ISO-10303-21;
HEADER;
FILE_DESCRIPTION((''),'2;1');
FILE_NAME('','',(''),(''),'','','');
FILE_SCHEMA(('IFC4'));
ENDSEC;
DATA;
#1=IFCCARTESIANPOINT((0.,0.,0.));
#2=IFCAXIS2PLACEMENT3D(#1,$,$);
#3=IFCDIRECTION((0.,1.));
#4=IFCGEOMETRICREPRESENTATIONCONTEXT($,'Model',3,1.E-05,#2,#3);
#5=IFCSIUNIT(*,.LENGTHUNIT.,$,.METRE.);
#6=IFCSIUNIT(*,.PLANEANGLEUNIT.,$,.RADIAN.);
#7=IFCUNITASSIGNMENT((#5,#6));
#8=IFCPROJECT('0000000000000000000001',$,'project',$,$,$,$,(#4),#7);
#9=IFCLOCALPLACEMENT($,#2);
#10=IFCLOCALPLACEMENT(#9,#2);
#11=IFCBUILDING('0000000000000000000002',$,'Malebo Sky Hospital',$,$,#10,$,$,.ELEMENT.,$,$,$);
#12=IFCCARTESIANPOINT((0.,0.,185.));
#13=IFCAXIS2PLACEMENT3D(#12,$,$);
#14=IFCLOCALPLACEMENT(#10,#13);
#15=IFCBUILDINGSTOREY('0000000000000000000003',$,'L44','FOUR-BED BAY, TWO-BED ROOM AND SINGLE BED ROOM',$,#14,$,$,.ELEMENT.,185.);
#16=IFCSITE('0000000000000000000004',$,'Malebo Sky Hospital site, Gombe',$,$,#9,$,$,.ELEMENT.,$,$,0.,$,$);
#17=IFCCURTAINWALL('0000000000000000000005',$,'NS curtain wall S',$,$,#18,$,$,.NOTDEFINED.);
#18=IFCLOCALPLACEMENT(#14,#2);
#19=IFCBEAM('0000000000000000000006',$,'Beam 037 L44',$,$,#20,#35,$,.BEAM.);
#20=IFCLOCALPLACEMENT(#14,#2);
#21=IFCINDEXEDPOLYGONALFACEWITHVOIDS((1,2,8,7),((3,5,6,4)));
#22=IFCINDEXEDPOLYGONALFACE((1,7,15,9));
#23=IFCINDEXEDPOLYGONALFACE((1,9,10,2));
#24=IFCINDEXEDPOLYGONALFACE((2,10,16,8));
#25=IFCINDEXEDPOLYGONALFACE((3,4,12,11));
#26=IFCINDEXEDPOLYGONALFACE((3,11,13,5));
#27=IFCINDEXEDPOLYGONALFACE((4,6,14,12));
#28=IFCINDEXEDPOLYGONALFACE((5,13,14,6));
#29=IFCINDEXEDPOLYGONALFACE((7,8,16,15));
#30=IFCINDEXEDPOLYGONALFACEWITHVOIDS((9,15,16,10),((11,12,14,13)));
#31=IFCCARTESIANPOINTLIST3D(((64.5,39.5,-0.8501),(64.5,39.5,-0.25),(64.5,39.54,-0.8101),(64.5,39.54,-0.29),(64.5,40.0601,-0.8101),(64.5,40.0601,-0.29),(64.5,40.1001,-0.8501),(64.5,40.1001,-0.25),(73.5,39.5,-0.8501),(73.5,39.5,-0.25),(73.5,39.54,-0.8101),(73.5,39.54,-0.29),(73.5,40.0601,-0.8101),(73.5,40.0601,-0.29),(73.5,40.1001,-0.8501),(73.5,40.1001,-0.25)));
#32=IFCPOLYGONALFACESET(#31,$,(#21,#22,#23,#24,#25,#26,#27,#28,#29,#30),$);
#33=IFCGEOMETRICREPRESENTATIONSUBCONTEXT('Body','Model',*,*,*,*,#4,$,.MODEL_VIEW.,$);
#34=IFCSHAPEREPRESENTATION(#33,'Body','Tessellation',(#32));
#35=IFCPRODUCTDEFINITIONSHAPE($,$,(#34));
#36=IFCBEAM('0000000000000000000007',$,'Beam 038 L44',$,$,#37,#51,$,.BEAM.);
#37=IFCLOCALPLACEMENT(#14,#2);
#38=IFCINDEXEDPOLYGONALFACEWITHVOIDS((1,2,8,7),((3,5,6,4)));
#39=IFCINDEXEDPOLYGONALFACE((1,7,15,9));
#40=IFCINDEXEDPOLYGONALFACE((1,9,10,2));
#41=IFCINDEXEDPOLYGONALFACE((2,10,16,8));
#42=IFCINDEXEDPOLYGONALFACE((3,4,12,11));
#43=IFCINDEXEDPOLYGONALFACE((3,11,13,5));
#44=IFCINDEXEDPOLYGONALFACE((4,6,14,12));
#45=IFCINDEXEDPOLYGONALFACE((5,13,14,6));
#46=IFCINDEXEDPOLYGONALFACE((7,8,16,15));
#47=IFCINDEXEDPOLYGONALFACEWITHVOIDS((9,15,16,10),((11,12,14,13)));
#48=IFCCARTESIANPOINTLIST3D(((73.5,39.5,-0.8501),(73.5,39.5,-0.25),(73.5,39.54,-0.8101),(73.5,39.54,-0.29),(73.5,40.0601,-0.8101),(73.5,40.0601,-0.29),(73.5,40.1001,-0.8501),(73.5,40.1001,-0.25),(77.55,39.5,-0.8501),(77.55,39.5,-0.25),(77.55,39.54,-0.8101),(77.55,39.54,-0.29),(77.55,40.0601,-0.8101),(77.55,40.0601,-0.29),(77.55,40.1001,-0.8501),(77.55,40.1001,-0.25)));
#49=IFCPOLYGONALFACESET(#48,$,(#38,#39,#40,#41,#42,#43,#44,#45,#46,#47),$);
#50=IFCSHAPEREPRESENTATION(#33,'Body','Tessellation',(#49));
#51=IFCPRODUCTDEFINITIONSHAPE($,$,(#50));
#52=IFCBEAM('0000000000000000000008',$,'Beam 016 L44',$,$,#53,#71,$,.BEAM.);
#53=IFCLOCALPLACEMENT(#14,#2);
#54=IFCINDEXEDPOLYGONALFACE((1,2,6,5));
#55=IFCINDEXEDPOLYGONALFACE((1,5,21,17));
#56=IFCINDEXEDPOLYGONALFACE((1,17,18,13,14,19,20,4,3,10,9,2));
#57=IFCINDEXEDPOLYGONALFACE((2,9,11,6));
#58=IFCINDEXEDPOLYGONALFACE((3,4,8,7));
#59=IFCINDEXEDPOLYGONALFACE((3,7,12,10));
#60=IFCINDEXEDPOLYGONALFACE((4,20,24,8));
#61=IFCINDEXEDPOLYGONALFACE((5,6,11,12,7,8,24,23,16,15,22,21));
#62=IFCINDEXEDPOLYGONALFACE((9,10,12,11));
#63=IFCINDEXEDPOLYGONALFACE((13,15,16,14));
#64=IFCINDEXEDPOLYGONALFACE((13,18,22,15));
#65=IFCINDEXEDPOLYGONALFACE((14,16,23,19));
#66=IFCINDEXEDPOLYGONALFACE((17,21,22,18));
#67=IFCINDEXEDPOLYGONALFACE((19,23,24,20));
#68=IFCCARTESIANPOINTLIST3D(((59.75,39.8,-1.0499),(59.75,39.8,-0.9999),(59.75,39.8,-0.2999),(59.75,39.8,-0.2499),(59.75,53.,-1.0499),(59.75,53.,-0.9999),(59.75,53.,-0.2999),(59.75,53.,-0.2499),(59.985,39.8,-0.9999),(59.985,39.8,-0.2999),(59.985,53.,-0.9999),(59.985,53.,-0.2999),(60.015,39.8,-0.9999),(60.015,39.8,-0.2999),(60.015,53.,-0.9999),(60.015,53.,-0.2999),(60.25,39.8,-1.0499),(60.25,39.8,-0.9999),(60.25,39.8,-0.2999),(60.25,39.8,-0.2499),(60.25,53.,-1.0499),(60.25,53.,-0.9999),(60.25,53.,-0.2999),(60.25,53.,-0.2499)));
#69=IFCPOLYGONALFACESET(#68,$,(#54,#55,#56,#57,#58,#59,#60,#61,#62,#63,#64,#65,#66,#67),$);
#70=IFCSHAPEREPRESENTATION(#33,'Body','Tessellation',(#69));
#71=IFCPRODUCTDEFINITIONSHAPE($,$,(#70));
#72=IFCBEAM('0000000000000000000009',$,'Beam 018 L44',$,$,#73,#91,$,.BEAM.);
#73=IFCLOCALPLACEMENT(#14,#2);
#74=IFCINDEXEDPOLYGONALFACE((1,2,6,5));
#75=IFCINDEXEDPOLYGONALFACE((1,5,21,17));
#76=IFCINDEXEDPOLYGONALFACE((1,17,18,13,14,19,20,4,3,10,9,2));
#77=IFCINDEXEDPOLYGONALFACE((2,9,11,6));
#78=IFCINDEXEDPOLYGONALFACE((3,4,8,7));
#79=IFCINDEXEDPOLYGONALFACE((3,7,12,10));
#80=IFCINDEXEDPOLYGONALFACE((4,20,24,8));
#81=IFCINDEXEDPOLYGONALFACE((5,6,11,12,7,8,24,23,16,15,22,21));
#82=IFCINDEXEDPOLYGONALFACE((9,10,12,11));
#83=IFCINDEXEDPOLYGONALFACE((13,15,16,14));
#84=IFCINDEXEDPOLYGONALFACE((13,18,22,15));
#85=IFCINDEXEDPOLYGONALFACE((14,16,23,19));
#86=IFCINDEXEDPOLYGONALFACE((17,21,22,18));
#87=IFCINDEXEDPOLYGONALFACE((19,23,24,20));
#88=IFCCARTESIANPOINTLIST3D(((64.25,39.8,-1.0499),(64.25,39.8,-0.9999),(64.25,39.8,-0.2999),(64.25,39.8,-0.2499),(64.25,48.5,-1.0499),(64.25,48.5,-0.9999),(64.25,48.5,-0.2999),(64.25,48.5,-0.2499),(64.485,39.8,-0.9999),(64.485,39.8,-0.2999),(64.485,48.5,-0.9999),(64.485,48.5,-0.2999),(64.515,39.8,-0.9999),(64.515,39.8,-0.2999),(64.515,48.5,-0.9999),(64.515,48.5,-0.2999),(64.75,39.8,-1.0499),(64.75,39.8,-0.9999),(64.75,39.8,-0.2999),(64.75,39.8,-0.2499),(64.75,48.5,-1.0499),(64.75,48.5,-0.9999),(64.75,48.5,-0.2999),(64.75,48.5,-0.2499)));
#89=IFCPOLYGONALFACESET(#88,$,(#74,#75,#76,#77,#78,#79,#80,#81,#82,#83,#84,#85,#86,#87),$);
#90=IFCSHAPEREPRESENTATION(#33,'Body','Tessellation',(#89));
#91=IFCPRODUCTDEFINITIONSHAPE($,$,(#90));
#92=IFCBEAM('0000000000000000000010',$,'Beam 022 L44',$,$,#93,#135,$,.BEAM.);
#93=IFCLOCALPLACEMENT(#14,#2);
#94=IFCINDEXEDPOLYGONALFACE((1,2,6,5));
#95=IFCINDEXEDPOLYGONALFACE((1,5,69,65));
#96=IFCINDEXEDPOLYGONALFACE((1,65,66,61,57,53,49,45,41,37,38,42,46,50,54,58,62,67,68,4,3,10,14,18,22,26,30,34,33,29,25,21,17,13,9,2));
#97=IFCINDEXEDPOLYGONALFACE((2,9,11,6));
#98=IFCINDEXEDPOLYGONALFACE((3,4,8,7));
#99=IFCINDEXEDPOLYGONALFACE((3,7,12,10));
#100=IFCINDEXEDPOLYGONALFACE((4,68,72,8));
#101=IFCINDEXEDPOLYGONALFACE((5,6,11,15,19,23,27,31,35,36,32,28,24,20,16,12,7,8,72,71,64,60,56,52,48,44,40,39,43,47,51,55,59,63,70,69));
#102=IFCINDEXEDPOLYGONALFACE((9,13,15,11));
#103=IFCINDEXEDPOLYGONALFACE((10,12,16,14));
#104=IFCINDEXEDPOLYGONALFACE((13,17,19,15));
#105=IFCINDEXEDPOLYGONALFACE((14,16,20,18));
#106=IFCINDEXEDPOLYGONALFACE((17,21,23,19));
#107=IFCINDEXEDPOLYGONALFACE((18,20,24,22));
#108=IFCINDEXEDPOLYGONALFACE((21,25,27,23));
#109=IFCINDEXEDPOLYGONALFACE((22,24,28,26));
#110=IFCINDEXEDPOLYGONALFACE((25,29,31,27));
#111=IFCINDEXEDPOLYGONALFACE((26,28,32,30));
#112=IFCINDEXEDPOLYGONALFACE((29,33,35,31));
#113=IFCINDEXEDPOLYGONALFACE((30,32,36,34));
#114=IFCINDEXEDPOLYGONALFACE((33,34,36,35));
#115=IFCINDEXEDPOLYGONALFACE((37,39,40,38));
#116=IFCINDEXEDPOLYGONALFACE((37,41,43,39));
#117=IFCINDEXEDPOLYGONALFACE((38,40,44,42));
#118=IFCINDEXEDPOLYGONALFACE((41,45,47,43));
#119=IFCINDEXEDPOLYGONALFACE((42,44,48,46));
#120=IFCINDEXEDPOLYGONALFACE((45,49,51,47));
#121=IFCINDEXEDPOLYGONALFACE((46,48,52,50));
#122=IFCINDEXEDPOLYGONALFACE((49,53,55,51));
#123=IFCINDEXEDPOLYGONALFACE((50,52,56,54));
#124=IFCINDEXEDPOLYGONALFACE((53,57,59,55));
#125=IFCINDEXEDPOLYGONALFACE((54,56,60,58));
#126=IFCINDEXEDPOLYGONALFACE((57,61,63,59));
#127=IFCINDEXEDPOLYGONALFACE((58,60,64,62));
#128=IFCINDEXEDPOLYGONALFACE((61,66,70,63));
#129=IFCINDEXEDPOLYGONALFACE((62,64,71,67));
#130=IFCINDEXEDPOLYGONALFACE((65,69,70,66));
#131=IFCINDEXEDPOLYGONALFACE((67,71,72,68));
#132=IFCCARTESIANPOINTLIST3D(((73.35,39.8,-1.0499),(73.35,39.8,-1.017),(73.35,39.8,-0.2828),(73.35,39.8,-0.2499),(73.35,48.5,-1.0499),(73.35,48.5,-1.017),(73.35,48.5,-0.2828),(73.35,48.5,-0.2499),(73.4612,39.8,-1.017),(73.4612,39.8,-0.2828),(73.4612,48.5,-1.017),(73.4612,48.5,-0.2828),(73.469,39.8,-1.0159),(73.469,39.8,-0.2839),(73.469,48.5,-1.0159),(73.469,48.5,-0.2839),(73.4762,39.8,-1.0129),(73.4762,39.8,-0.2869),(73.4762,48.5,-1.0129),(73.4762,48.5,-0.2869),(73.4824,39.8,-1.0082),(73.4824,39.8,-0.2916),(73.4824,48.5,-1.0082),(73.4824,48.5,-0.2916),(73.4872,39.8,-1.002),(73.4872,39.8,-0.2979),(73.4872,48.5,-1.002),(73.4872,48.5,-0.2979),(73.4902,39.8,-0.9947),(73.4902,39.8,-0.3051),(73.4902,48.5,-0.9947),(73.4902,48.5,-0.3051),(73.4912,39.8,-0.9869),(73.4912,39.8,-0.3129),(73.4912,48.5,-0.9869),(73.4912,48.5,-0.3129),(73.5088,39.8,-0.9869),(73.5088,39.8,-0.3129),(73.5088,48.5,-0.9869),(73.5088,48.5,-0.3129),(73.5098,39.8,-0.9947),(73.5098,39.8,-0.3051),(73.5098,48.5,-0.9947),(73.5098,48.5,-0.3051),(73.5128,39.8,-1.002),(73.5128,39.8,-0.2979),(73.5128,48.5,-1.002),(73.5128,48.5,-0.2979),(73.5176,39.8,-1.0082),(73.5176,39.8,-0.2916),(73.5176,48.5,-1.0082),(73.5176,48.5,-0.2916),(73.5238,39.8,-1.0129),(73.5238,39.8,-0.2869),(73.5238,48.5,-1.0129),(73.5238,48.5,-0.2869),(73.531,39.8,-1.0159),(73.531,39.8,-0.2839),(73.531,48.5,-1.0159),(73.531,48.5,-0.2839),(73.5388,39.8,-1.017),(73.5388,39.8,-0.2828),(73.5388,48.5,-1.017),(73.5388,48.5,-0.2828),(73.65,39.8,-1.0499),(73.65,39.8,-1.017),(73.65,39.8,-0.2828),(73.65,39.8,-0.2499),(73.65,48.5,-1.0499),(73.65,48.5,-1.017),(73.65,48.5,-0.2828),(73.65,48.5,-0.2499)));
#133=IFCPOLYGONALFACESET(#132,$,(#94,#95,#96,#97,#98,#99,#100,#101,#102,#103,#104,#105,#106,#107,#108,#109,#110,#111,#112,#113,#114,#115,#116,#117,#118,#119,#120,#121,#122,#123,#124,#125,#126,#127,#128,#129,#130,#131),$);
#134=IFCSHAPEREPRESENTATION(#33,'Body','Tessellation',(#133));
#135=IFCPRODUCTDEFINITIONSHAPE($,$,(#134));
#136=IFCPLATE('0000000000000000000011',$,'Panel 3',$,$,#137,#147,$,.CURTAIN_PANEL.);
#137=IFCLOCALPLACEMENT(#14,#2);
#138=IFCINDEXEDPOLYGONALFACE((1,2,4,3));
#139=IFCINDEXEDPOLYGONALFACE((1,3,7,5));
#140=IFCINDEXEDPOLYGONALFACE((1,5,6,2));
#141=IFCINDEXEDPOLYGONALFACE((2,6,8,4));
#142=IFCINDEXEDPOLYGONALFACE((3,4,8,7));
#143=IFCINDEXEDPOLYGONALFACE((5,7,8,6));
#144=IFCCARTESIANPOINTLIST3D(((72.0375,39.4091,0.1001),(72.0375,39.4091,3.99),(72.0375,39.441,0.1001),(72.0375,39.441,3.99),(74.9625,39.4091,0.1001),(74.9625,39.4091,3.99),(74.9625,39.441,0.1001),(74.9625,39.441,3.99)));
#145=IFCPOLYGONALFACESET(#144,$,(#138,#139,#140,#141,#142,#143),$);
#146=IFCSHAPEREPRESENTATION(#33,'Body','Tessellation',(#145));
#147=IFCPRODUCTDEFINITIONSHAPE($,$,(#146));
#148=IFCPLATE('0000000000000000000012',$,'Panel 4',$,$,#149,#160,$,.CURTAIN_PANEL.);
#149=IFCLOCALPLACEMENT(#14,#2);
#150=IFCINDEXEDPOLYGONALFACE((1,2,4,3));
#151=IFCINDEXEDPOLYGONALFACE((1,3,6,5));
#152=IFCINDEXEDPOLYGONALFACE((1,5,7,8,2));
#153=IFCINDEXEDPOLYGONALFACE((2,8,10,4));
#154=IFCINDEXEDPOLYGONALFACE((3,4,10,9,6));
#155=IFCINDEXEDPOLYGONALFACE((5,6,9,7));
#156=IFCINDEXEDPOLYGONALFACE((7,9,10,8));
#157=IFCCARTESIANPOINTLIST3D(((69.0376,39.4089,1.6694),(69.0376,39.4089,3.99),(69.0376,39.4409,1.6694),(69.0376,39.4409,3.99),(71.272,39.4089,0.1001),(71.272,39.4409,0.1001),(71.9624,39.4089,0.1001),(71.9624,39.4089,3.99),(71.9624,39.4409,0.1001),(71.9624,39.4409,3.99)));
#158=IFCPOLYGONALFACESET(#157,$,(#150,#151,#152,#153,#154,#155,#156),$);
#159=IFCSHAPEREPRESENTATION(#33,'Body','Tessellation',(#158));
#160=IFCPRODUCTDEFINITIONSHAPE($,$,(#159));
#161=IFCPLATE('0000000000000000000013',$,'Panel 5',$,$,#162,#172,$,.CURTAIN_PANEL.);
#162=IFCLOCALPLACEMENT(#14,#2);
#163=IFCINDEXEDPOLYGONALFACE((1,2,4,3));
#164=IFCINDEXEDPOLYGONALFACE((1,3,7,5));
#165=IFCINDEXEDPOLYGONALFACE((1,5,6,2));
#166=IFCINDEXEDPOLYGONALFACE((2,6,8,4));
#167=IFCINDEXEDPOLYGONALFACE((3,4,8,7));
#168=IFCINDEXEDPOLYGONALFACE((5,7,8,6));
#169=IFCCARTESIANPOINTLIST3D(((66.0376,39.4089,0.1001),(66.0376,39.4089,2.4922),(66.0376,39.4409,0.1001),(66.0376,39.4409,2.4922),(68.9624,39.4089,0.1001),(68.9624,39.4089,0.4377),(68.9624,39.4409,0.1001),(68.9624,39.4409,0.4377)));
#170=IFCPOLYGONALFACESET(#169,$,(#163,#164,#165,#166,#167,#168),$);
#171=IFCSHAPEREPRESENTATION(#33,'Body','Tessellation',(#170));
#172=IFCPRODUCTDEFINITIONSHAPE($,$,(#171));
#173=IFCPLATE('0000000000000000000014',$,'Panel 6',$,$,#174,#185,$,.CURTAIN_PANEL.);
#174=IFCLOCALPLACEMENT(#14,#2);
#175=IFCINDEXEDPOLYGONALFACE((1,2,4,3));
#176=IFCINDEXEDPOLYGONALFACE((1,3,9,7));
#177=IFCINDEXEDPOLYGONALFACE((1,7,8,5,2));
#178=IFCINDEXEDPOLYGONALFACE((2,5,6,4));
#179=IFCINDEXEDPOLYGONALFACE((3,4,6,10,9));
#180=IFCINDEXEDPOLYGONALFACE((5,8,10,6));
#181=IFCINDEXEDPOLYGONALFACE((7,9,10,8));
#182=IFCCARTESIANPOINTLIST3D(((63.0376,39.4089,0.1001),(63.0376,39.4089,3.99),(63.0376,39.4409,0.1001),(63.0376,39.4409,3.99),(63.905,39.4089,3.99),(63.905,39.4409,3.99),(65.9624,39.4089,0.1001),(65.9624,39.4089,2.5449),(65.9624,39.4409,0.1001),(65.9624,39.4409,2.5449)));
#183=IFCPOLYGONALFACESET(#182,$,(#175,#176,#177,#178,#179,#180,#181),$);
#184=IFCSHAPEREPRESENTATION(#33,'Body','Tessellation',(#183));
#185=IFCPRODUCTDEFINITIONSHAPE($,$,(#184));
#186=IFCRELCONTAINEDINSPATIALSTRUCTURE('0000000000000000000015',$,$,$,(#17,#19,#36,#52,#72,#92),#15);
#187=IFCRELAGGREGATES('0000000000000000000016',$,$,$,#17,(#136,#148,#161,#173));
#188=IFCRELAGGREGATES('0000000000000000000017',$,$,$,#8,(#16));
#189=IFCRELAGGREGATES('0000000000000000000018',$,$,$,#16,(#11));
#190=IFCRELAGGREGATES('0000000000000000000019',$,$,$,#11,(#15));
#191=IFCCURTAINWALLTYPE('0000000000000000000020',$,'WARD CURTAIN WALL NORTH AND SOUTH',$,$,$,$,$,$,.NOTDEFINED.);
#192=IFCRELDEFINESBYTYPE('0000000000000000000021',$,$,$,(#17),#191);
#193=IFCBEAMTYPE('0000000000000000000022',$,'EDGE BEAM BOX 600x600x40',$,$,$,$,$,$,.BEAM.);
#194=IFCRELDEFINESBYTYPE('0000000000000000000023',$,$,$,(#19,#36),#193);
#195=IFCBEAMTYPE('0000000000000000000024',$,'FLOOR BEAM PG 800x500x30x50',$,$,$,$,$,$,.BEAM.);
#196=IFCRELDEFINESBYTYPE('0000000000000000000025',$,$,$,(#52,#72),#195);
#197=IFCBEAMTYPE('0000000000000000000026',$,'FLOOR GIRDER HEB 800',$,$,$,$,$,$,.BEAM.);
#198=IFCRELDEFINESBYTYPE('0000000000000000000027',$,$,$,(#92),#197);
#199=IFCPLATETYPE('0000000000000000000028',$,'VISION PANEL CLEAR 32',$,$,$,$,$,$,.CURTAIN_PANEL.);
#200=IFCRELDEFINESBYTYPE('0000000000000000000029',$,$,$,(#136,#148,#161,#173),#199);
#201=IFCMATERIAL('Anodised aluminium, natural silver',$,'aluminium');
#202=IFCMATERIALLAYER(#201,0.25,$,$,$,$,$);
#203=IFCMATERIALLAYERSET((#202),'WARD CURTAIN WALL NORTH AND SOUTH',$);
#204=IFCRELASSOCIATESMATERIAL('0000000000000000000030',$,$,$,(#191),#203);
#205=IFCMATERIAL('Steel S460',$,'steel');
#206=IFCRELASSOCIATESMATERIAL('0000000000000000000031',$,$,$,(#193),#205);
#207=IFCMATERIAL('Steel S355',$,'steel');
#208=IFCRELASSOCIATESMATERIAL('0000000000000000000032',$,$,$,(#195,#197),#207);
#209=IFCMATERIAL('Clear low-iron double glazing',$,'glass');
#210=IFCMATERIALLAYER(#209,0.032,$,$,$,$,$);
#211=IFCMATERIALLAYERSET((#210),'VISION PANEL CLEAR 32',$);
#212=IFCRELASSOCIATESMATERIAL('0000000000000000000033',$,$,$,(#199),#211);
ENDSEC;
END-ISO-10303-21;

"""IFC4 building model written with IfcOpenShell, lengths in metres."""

from ifc_helpers import new_model, si_unit, direction, frame, origin, origin_2d, place, context, subcontext, project, spatial, polyline, rectangle, hollow_rectangle, i_section, outline, extrude, material, layer, layer_set, material_profile, profile_set, type_object, element, aggregate, save


model = new_model("IFC4")

# Units and contexts
model_context = context("Model", 3, precision=1e-05, world=origin(), true_north=direction((0.0, 1.0)))
body_context = subcontext(model_context, "Body", "Model", "MODEL_VIEW")
ifc_project = project(units=[si_unit("LENGTHUNIT", "METRE"), si_unit("PLANEANGLEUNIT", "RADIAN")], contexts=[model_context])

# Site, building, storey
site_placement = place(None, origin())
site = spatial("IfcSite", under=ifc_project, at=site_placement, Name="Malebo Sky Hospital site, Gombe", CompositionType="ELEMENT", RefElevation=0.0)
building_placement = place(site_placement, origin())
building = spatial("IfcBuilding", under=site, at=building_placement, Name="Malebo Sky Hospital", CompositionType="ELEMENT")
storey_placement = place(building_placement, frame((0.0, 0.0, 185.0)))
storey = spatial("IfcBuildingStorey", under=building, at=storey_placement, Name="L44", Description="FOUR-BED BAY, TWO-BED ROOM AND SINGLE BED ROOM", CompositionType="ELEMENT", Elevation=185.0)

# Shared definitions
ifc_material_1 = material(Name="Steel S460", Category="steel")

# Curtain wall
ifc_material_2 = material(Name="Anodised aluminium, natural silver", Category="aluminium")
ifc_layer_1 = layer(ifc_material_2, 0.25)
ifc_layer_set_1 = layer_set([ifc_layer_1], Name="WARD CURTAIN WALL NORTH AND SOUTH")
curtain_wall_type = type_object("IfcCurtainWallType", Name="WARD CURTAIN WALL NORTH AND SOUTH", PredefinedType="NOTDEFINED", material=ifc_layer_set_1)
curtain_wall_placement = place(storey_placement, origin())
curtain_wall = element("IfcCurtainWall", 1, at=curtain_wall_placement, inside=storey, type_object=curtain_wall_type, Name="NS curtain wall S", PredefinedType="NOTDEFINED")

# Shared definitions
ifc_material_3 = material(Name="Steel S355", Category="steel")

# Beams
ifc_material_profile_1 = material_profile(ifc_material_1, hollow_rectangle(XDim=0.6001, YDim=0.6001, WallThickness=0.04, at=origin_2d()), Name="BOX 600x600x40")
ifc_profile_set_1 = profile_set([ifc_material_profile_1], Name="Steel S460")
beam_type_1 = type_object("IfcBeamType", Name="EDGE BEAM BOX 600x600x40", PredefinedType="BEAM", material=ifc_profile_set_1)
beam_1_placement = place(storey_placement, frame((64.5, 39.8, -0.55), z_axis=(1.0, 0.0, 0.0), x_axis=(0.0, 1.0, 0.0)))
element("IfcBeam", 2, at=beam_1_placement, inside=storey, type_object=beam_type_1, Name="Beam 037 L44", PredefinedType="BEAM", context=body_context, shape_type="SweptSolid", body=[
    extrude(hollow_rectangle(XDim=0.6001, YDim=0.6001, WallThickness=0.04, at=origin_2d()), origin(), (0.0, 0.0, 1.0), 9.0),
])
beam_2_placement = place(storey_placement, frame((73.5, 39.8, -0.55), z_axis=(1.0, 0.0, 0.0), x_axis=(0.0, 1.0, 0.0)))
element("IfcBeam", 3, at=beam_2_placement, inside=storey, type_object=beam_type_1, Name="Beam 038 L44", PredefinedType="BEAM", context=body_context, shape_type="SweptSolid", body=[
    extrude(hollow_rectangle(XDim=0.6001, YDim=0.6001, WallThickness=0.04, at=origin_2d()), origin(), (0.0, 0.0, 1.0), 4.05),
])
ifc_material_profile_2 = material_profile(ifc_material_3, i_section(OverallWidth=0.5, OverallDepth=0.8, WebThickness=0.03, FlangeThickness=0.05, at=origin_2d()), Name="PG 800x500x30x50")
ifc_profile_set_2 = profile_set([ifc_material_profile_2], Name="Steel S355")
beam_type_2 = type_object("IfcBeamType", Name="FLOOR BEAM PG 800x500x30x50", PredefinedType="BEAM", material=ifc_profile_set_2)
beam_3_placement = place(storey_placement, frame((60.0, 39.8, -0.6499), z_axis=(0.0, 1.0, 0.0), x_axis=(-1.0, 0.0, 0.0)))
element("IfcBeam", 4, at=beam_3_placement, inside=storey, type_object=beam_type_2, Name="Beam 016 L44", PredefinedType="BEAM", context=body_context, shape_type="SweptSolid", body=[
    extrude(i_section(OverallWidth=0.5, OverallDepth=0.8, WebThickness=0.03, FlangeThickness=0.05, at=origin_2d()), origin(), (0.0, 0.0, 1.0), 13.2),
])
beam_4_placement = place(storey_placement, frame((64.5, 39.8, -0.6499), z_axis=(0.0, 1.0, 0.0), x_axis=(-1.0, 0.0, 0.0)))
element("IfcBeam", 5, at=beam_4_placement, inside=storey, type_object=beam_type_2, Name="Beam 018 L44", PredefinedType="BEAM", context=body_context, shape_type="SweptSolid", body=[
    extrude(i_section(OverallWidth=0.5, OverallDepth=0.8, WebThickness=0.03, FlangeThickness=0.05, at=origin_2d()), origin(), (0.0, 0.0, 1.0), 8.7),
])
ifc_material_profile_3 = material_profile(ifc_material_3, i_section(OverallWidth=0.3, OverallDepth=0.8, WebThickness=0.0176, FlangeThickness=0.033, FilletRadius=0.03, at=origin_2d()), Name="HEB 800")
ifc_profile_set_3 = profile_set([ifc_material_profile_3], Name="Steel S355")
beam_type_3 = type_object("IfcBeamType", Name="FLOOR GIRDER HEB 800", PredefinedType="BEAM", material=ifc_profile_set_3)
beam_5_placement = place(storey_placement, frame((73.5, 39.8, -0.6499), z_axis=(0.0, 1.0, 0.0), x_axis=(-1.0, 0.0, 0.0)))
element("IfcBeam", 6, at=beam_5_placement, inside=storey, type_object=beam_type_3, Name="Beam 022 L44", PredefinedType="BEAM", context=body_context, shape_type="SweptSolid", body=[
    extrude(i_section(OverallWidth=0.3, OverallDepth=0.8, WebThickness=0.0176, FlangeThickness=0.033, FilletRadius=0.03, at=origin_2d()), origin(), (0.0, 0.0, 1.0), 8.7),
])

# Plates
ifc_material_4 = material(Name="Clear low-iron double glazing", Category="glass")
ifc_layer_2 = layer(ifc_material_4, 0.032)
ifc_layer_set_2 = layer_set([ifc_layer_2], Name="VISION PANEL CLEAR 32")
plate_type = type_object("IfcPlateType", Name="VISION PANEL CLEAR 32", PredefinedType="CURTAIN_PANEL", material=ifc_layer_set_2)
plate_1_placement = place(storey_placement, frame((73.5, 39.425, 0.1001), z_axis=(0.0, 0.0, 1.0), x_axis=(-1.0, 0.0, 0.0)))
plate_1 = element("IfcPlate", 7, at=plate_1_placement, type_object=plate_type, Name="Panel 3", PredefinedType="CURTAIN_PANEL", context=body_context, shape_type="SweptSolid", body=[
    extrude(rectangle(XDim=2.925, YDim=0.032, at=origin_2d()), origin(), (0.0, 0.0, 1.0), 3.8899),
])
plate_2_placement = place(storey_placement, frame((70.5, 39.425, 0.1001), z_axis=(0.0, 0.0, 1.0), x_axis=(-1.0, 0.0, 0.0)))
plate_2 = element("IfcPlate", 8, at=plate_2_placement, type_object=plate_type, Name="Panel 4", PredefinedType="CURTAIN_PANEL", context=body_context, shape_type="SweptSolid", body=[
    extrude(outline(polyline([(-1.4624, 0.0), (-0.772, 0.0), (1.4624, 1.5693), (1.4624, 3.8899), (-1.4624, 3.8899), (-1.4624, 0.0)])), frame((0.0, 0.0161, 0.0), z_axis=(0.0, -1.0, 0.0), x_axis=(1.0, 0.0, 0.0)), (0.0, 0.0, 1.0), 0.032),
])
plate_3_placement = place(storey_placement, frame((67.5, 39.425, 0.1001), z_axis=(0.0, 0.0, 1.0), x_axis=(-1.0, 0.0, 0.0)))
plate_3 = element("IfcPlate", 9, at=plate_3_placement, type_object=plate_type, Name="Panel 5", PredefinedType="CURTAIN_PANEL", context=body_context, shape_type="SweptSolid", body=[
    extrude(outline(polyline([(-1.4624, 0.0), (1.4624, 0.0), (1.4624, 2.3921), (-1.4624, 0.3376), (-1.4624, 0.0)])), frame((0.0, 0.0161, 0.0), z_axis=(0.0, -1.0, 0.0), x_axis=(1.0, 0.0, 0.0)), (0.0, 0.0, 1.0), 0.032),
])
plate_4_placement = place(storey_placement, frame((64.5, 39.425, 0.1001), z_axis=(0.0, 0.0, 1.0), x_axis=(-1.0, 0.0, 0.0)))
plate_4 = element("IfcPlate", 10, at=plate_4_placement, type_object=plate_type, Name="Panel 6", PredefinedType="CURTAIN_PANEL", context=body_context, shape_type="SweptSolid", body=[
    extrude(outline(polyline([(-1.4624, 0.0), (1.4624, 0.0), (1.4624, 3.8899), (0.595, 3.8899), (-1.4624, 2.4448), (-1.4624, 0.0)])), frame((0.0, 0.0161, 0.0), z_axis=(0.0, -1.0, 0.0), x_axis=(1.0, 0.0, 0.0)), (0.0, 0.0, 1.0), 0.032),
])
aggregate(curtain_wall, [plate_1, plate_2, plate_3, plate_4])

save(model, "model.ifc")
